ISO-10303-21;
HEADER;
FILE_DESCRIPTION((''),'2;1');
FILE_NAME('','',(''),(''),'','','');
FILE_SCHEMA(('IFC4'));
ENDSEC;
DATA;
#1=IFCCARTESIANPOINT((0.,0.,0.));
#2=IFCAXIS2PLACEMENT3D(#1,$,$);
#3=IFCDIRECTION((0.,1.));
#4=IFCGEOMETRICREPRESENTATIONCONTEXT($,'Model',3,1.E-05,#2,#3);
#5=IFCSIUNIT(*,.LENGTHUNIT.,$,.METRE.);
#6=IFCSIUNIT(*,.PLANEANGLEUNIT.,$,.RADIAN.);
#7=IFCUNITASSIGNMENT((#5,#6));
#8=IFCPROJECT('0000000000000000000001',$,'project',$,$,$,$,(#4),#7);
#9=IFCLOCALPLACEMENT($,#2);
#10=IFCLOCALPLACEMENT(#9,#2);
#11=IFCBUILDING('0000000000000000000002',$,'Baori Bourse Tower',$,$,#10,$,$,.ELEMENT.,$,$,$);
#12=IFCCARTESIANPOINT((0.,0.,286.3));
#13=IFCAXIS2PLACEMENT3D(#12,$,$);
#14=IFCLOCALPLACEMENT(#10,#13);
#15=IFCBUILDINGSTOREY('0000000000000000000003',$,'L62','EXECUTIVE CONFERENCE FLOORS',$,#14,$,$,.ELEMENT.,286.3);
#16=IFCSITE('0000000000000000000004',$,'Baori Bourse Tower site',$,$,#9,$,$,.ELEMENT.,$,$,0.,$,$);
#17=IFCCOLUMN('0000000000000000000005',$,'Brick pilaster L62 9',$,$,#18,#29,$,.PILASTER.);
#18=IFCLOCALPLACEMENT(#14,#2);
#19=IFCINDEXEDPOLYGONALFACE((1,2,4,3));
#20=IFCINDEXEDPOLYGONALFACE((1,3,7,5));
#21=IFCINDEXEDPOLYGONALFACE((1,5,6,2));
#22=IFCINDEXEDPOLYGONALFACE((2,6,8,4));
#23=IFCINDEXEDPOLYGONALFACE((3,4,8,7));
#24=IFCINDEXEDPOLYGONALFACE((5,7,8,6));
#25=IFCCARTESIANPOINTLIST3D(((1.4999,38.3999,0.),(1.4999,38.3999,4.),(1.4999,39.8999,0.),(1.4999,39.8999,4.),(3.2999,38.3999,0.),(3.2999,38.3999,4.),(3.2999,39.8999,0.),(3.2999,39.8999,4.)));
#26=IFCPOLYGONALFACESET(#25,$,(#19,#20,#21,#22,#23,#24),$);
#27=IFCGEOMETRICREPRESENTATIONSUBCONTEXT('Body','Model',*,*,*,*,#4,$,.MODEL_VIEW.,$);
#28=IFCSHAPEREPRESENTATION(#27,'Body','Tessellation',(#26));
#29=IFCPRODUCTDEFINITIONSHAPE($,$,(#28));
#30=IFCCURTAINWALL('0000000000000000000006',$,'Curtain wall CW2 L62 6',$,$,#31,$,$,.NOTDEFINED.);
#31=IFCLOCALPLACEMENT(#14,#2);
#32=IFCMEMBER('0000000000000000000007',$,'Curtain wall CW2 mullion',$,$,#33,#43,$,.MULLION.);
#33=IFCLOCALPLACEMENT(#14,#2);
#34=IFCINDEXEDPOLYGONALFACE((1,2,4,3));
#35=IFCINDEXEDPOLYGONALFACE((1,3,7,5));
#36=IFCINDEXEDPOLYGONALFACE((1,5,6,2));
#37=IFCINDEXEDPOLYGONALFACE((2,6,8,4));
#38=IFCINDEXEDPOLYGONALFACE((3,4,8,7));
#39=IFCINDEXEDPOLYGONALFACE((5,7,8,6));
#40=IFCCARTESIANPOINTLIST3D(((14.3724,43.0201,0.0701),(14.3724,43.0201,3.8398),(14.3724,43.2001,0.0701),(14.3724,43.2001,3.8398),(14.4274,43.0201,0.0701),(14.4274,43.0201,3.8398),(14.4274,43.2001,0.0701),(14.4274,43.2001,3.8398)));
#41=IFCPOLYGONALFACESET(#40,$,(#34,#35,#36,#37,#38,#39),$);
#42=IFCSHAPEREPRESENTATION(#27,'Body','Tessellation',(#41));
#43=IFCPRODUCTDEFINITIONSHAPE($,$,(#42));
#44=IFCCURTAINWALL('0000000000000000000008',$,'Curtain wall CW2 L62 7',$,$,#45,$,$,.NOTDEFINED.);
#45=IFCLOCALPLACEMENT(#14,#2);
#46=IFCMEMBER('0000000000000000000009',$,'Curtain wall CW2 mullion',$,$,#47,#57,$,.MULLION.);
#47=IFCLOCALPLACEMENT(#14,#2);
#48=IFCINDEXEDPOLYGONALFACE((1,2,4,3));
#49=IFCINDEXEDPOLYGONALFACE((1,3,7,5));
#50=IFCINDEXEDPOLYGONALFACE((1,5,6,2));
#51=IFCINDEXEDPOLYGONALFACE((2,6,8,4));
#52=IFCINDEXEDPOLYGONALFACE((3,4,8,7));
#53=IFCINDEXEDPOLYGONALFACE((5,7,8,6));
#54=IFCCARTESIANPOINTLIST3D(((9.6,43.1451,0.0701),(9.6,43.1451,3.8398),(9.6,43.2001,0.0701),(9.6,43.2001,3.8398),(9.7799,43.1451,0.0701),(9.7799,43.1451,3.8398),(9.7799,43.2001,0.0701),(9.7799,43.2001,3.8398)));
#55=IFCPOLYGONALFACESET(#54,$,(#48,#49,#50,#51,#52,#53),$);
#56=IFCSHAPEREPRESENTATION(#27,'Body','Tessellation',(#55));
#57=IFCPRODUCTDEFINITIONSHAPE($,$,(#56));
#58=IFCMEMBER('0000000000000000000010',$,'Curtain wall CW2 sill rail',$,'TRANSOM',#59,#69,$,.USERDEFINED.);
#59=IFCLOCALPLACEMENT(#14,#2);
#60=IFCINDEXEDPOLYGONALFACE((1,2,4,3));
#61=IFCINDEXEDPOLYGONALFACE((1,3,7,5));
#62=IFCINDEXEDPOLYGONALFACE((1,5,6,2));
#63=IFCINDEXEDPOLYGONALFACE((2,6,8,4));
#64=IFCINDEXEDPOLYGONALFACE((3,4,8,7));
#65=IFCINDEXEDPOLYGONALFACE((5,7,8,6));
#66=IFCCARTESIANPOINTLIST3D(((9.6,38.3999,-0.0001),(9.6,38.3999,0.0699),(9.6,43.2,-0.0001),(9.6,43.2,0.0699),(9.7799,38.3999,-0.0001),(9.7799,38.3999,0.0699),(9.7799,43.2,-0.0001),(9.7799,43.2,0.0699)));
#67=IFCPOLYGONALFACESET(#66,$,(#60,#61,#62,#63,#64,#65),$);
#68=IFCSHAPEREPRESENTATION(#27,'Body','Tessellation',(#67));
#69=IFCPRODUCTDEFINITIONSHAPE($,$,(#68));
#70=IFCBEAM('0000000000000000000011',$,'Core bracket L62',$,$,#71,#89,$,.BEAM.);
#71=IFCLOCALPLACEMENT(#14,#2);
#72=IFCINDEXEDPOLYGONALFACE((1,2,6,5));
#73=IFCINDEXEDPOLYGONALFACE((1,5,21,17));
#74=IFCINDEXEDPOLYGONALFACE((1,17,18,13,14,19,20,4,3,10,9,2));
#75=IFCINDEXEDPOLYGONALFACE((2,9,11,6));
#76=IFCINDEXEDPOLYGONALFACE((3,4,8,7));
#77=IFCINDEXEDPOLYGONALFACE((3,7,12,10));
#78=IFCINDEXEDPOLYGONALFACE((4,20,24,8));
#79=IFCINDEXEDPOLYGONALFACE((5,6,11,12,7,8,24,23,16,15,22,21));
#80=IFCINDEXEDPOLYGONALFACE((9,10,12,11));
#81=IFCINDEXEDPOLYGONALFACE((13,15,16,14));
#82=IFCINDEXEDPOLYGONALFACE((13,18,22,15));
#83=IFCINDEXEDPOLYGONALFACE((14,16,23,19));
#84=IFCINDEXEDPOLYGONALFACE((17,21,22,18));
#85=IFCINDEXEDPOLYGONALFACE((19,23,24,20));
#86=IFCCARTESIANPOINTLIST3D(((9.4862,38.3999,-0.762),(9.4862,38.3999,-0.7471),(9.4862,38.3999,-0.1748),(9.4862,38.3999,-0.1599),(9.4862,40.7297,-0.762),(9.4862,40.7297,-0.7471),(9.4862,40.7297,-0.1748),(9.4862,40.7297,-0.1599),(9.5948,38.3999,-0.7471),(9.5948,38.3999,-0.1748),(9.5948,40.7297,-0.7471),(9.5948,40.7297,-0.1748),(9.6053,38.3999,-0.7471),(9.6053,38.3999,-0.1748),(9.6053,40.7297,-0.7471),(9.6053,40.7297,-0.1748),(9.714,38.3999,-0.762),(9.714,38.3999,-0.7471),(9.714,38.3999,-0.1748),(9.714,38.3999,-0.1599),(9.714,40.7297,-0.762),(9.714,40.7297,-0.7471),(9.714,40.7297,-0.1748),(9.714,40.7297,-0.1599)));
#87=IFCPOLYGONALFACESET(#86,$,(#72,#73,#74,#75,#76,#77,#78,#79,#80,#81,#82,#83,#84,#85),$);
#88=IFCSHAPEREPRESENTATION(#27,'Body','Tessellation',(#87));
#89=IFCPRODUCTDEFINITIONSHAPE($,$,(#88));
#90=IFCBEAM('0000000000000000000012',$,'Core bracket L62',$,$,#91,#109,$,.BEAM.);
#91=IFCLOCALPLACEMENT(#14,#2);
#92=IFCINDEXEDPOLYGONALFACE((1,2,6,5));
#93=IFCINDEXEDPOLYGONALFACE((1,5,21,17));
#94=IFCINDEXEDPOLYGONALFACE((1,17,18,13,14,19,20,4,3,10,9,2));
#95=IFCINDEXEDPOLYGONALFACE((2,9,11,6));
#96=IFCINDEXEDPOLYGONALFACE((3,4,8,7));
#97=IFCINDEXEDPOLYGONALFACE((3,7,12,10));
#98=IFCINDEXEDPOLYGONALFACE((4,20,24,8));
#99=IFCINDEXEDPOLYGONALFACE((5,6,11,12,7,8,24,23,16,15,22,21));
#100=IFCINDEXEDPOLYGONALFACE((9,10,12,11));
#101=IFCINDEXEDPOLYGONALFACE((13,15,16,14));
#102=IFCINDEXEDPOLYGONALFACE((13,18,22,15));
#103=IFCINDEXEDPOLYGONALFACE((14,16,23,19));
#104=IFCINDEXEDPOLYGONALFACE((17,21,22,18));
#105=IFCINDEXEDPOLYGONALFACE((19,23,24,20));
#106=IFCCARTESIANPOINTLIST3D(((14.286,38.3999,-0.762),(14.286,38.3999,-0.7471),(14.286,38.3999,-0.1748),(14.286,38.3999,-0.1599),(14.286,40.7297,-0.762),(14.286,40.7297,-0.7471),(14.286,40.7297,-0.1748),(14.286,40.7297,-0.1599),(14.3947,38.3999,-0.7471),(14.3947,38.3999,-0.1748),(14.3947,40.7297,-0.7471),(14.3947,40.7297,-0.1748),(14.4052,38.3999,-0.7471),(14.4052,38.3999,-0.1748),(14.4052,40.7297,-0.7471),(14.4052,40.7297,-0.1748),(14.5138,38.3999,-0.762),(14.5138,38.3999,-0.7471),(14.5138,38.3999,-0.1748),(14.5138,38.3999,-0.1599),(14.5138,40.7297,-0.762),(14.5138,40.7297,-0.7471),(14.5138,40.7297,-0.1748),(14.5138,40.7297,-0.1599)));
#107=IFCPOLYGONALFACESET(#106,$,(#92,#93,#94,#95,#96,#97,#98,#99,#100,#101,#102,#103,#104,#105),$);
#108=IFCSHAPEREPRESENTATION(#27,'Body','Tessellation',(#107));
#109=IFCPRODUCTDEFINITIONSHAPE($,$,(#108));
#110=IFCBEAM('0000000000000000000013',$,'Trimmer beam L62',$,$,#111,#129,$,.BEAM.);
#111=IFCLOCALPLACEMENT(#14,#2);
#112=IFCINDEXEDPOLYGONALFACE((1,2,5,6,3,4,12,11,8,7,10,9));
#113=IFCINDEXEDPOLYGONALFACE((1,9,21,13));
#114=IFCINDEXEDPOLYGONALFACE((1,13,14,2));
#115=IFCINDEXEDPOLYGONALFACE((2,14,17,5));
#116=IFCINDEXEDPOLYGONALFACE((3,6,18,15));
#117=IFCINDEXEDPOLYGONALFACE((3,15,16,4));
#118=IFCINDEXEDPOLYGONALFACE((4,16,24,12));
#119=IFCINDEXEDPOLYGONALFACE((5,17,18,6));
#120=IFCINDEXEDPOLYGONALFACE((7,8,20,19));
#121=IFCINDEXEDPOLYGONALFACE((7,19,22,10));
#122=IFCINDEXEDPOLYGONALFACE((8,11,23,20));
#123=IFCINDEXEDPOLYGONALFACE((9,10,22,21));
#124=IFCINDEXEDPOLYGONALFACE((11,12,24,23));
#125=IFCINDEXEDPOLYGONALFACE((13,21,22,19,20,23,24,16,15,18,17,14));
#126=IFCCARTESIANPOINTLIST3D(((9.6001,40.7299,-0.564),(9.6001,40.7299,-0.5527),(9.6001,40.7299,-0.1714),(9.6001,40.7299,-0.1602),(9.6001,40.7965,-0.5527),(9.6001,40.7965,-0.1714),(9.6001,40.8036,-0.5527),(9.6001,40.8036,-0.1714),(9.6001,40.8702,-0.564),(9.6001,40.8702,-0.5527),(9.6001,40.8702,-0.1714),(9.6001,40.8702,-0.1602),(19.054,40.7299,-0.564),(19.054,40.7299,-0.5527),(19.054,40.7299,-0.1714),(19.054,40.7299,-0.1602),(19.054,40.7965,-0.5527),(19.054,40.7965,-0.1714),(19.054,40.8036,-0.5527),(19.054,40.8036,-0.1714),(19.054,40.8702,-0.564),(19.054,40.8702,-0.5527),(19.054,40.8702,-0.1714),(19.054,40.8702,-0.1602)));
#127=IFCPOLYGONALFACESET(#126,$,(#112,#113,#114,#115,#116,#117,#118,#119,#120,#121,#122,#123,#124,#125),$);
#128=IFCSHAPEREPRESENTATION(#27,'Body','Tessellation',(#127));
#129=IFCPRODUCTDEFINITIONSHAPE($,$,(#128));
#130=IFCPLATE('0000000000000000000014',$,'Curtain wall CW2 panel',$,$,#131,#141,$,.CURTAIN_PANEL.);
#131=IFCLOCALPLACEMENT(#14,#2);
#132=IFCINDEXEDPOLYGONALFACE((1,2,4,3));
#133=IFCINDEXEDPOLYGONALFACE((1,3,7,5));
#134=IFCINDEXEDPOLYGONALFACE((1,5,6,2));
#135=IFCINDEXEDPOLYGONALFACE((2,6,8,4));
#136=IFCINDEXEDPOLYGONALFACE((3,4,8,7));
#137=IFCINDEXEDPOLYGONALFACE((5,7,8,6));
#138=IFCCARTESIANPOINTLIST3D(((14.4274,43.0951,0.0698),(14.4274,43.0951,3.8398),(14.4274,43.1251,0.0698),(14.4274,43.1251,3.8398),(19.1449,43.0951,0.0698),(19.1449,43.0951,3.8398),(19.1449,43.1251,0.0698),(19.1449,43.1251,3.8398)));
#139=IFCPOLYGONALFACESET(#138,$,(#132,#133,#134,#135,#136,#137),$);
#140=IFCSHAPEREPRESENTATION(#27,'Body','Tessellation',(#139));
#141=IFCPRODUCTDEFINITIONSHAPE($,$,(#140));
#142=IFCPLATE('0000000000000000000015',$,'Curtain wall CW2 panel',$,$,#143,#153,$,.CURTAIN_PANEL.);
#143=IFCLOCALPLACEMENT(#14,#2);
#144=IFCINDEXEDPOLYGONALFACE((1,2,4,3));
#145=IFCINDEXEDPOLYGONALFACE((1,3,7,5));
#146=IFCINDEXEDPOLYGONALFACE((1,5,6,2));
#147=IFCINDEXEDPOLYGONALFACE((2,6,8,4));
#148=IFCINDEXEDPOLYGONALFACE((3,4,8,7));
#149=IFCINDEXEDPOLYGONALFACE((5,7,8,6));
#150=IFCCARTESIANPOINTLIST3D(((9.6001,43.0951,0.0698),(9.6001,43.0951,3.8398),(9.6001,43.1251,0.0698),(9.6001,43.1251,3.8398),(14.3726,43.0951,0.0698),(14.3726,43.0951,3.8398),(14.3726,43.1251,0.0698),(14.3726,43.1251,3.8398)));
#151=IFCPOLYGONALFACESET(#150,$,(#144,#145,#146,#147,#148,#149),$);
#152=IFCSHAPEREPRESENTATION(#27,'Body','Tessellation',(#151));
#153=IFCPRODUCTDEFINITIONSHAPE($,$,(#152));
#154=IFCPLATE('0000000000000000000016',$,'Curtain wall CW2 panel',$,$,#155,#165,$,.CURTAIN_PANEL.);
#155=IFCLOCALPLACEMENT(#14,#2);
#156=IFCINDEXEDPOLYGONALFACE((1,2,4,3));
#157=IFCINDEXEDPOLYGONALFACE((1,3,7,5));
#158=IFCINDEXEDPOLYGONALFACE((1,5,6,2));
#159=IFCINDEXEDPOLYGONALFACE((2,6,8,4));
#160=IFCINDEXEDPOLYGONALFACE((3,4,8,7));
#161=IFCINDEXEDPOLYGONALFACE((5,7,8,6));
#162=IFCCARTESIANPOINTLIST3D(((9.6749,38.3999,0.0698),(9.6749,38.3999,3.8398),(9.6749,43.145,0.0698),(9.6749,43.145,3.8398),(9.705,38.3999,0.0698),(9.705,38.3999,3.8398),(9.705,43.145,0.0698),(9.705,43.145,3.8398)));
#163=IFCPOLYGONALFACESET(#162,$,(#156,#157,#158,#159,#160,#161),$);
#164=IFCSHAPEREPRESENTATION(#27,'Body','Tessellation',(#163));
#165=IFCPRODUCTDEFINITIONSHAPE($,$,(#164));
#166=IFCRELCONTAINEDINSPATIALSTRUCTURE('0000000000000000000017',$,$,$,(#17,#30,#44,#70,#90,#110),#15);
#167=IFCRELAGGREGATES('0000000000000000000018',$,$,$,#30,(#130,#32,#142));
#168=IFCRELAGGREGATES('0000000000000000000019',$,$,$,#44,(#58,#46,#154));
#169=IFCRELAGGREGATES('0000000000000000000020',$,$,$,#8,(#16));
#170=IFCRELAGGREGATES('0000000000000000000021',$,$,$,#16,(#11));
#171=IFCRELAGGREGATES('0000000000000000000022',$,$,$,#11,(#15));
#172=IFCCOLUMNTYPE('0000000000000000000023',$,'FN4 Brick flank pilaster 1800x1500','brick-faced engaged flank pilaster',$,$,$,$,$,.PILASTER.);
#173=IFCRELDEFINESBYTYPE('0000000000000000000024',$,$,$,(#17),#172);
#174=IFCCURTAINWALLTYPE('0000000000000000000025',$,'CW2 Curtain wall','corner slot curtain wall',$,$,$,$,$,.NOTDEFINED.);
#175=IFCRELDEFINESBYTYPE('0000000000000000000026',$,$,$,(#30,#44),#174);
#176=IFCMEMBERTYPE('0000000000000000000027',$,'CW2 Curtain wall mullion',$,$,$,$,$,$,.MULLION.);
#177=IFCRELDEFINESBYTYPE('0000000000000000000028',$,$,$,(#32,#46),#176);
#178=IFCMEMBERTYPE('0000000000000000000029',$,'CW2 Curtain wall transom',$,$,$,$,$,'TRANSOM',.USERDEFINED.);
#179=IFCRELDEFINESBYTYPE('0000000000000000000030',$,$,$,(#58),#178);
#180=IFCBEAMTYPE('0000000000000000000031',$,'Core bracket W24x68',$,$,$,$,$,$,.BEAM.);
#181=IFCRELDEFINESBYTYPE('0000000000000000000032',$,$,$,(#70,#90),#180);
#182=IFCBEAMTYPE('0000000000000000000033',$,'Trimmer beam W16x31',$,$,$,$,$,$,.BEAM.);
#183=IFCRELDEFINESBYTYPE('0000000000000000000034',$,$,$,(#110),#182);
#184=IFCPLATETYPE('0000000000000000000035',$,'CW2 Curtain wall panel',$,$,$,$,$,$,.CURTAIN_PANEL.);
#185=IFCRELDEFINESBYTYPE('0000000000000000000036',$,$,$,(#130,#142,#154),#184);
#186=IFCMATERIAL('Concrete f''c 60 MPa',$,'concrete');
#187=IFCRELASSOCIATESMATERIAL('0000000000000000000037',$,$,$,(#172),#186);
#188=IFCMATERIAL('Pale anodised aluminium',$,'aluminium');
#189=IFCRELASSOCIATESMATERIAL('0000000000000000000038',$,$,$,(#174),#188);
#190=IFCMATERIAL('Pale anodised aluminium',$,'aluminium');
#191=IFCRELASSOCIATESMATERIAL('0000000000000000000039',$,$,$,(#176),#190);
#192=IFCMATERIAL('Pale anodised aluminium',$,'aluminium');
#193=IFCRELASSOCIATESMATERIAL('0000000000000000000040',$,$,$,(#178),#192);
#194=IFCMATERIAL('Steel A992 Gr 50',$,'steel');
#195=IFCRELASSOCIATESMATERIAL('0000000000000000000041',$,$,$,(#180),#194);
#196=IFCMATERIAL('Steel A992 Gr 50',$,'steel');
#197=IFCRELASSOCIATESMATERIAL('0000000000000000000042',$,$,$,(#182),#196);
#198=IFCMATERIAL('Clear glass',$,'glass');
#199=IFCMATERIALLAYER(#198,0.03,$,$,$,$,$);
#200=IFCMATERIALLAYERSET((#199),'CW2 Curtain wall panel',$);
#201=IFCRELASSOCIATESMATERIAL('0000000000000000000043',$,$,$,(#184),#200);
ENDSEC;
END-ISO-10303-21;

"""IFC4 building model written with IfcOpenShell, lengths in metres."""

from ifc_helpers import new_model, si_unit, direction, frame, origin, origin_2d, place, context, subcontext, project, spatial, rectangle, i_section, extrude, material, layer, layer_set, material_profile, profile_set, type_object, element, aggregate, save


model = new_model("IFC4")

# Units and contexts
model_context = context("Model", 3, precision=1e-05, world=origin(), true_north=direction((0.0, 1.0)))
body_context = subcontext(model_context, "Body", "Model", "MODEL_VIEW")
ifc_project = project(units=[si_unit("LENGTHUNIT", "METRE"), si_unit("PLANEANGLEUNIT", "RADIAN")], contexts=[model_context])

# Site, building, storey
site_placement = place(None, origin())
site = spatial("IfcSite", under=ifc_project, at=site_placement, Name="Baori Bourse Tower site", CompositionType="ELEMENT", RefElevation=0.0)
building_placement = place(site_placement, origin())
building = spatial("IfcBuilding", under=site, at=building_placement, Name="Baori Bourse Tower", CompositionType="ELEMENT")
storey_placement = place(building_placement, frame((0.0, 0.0, 286.3)))
storey = spatial("IfcBuildingStorey", under=building, at=storey_placement, Name="L62", Description="EXECUTIVE CONFERENCE FLOORS", CompositionType="ELEMENT", Elevation=286.3)

# Column
ifc_material_1 = material(Name="Concrete f'c 60 MPa", Category="concrete")
ifc_material_profile_1 = material_profile(ifc_material_1, rectangle(XDim=1.8, YDim=1.5, at=origin_2d()), Name="RC 1800x1500")
ifc_profile_set_1 = profile_set([ifc_material_profile_1], Name="Concrete f'c 60 MPa")
column_type = type_object("IfcColumnType", Name="FN4 Brick flank pilaster 1800x1500", Description="brick-faced engaged flank pilaster", PredefinedType="PILASTER", material=ifc_profile_set_1)
column_placement = place(storey_placement, frame((2.3999, 39.1499, 0.0), z_axis=(0.0, 0.0, 1.0), x_axis=(1.0, 0.0, 0.0)))
element("IfcColumn", 1, at=column_placement, inside=storey, type_object=column_type, Name="Brick pilaster L62 9", PredefinedType="PILASTER", context=body_context, shape_type="SweptSolid", body=[
    extrude(rectangle(XDim=1.8, YDim=1.5, at=origin_2d()), origin(), (0.0, 0.0, 1.0), 4.0),
])

# Curtain wall, member
ifc_material_2 = material(Name="Pale anodised aluminium", Category="aluminium")
curtain_wall_type = type_object("IfcCurtainWallType", Name="CW2 Curtain wall", Description="corner slot curtain wall", PredefinedType="NOTDEFINED", material=ifc_material_2)
curtain_wall_1_placement = place(storey_placement, origin())
curtain_wall_1 = element("IfcCurtainWall", 2, at=curtain_wall_1_placement, inside=storey, type_object=curtain_wall_type, Name="Curtain wall CW2 L62 6", PredefinedType="NOTDEFINED")
ifc_material_3 = material(Name="Pale anodised aluminium", Category="aluminium")
ifc_material_profile_2 = material_profile(ifc_material_3, rectangle(XDim=0.1799, YDim=0.0549, at=origin_2d()), Name="Mullion 55x180")
ifc_profile_set_2 = profile_set([ifc_material_profile_2], Name="Pale anodised aluminium")
member_type_1 = type_object("IfcMemberType", Name="CW2 Curtain wall mullion", PredefinedType="MULLION", material=ifc_profile_set_2)
member_1_placement = place(storey_placement, frame((14.3999, 43.1101, 0.0701), z_axis=(0.0, 0.0, 1.0), x_axis=(0.0, -1.0, 0.0)))
member_1 = element("IfcMember", 3, at=member_1_placement, type_object=member_type_1, Name="Curtain wall CW2 mullion", PredefinedType="MULLION", context=body_context, shape_type="SweptSolid", body=[
    extrude(rectangle(XDim=0.1799, YDim=0.0549, at=origin_2d()), origin(), (0.0, 0.0, 1.0), 3.7698),
])

# Curtain wall, members
curtain_wall_2_placement = place(storey_placement, origin())
curtain_wall_2 = element("IfcCurtainWall", 4, at=curtain_wall_2_placement, inside=storey, type_object=curtain_wall_type, Name="Curtain wall CW2 L62 7", PredefinedType="NOTDEFINED")
member_2_placement = place(storey_placement, frame((9.6899, 43.1726, 0.0701), z_axis=(0.0, 0.0, 1.0), x_axis=(1.0, 0.0, 0.0)))
member_2 = element("IfcMember", 5, at=member_2_placement, type_object=member_type_1, Name="Curtain wall CW2 mullion", PredefinedType="MULLION", context=body_context, shape_type="SweptSolid", body=[
    extrude(rectangle(XDim=0.1799, YDim=0.0549, at=origin_2d()), origin(), (0.0, 0.0, 1.0), 3.7698),
])
ifc_material_4 = material(Name="Pale anodised aluminium", Category="aluminium")
ifc_material_profile_3 = material_profile(ifc_material_4, rectangle(XDim=0.1799, YDim=0.0701, at=origin_2d()), Name="Transom 70x180")
ifc_profile_set_3 = profile_set([ifc_material_profile_3], Name="Pale anodised aluminium")
member_type_2 = type_object("IfcMemberType", Name="CW2 Curtain wall transom", ElementType="TRANSOM", PredefinedType="USERDEFINED", material=ifc_profile_set_3)
member_3_placement = place(storey_placement, frame((9.6899, 43.2, 0.0349), z_axis=(0.0, -1.0, 0.0), x_axis=(1.0, 0.0, 0.0)))
member_3 = element("IfcMember", 6, at=member_3_placement, type_object=member_type_2, Name="Curtain wall CW2 sill rail", ObjectType="TRANSOM", PredefinedType="USERDEFINED", context=body_context, shape_type="SweptSolid", body=[
    extrude(rectangle(XDim=0.1799, YDim=0.0701, at=origin_2d()), origin(), (0.0, 0.0, 1.0), 4.8),
])

# Beams
ifc_material_5 = material(Name="Steel A992 Gr 50", Category="steel")
ifc_material_profile_4 = material_profile(ifc_material_5, i_section(OverallWidth=0.2278, OverallDepth=0.6021, WebThickness=0.0105, FlangeThickness=0.0149, at=origin_2d()), Name="W24x68")
ifc_profile_set_4 = profile_set([ifc_material_profile_4], Name="Steel A992 Gr 50")
beam_type_1 = type_object("IfcBeamType", Name="Core bracket W24x68", PredefinedType="BEAM", material=ifc_profile_set_4)
for number, where, z_axis, x_axis, name in (
    (7, (9.6001, 38.3999, -0.4609), (0.0, 1.0, 0.0), (-1.0, 0.0, 0.0), "Core bracket L62"),
    (8, (14.3999, 38.3999, -0.4609), (0.0, 1.0, 0.0), (-1.0, 0.0, 0.0), "Core bracket L62"),
):
    element("IfcBeam", number, at=place(storey_placement, frame(where, z_axis=z_axis, x_axis=x_axis)), inside=storey, type_object=beam_type_1, Name=name, PredefinedType="BEAM", context=body_context, shape_type="SweptSolid", body=[
        extrude(i_section(OverallWidth=0.2278, OverallDepth=0.6021, WebThickness=0.0105, FlangeThickness=0.0149, at=origin_2d()), origin(), (0.0, 0.0, 1.0), 2.3298),
    ])
ifc_material_6 = material(Name="Steel A992 Gr 50", Category="steel")
ifc_material_profile_5 = material_profile(ifc_material_6, i_section(OverallWidth=0.1404, OverallDepth=0.4038, WebThickness=0.0071, FlangeThickness=0.0112, at=origin_2d()), Name="W16x31")
ifc_profile_set_5 = profile_set([ifc_material_profile_5], Name="Steel A992 Gr 50")
beam_type_2 = type_object("IfcBeamType", Name="Trimmer beam W16x31", PredefinedType="BEAM", material=ifc_profile_set_5)
beam_placement = place(storey_placement, frame((9.6001, 40.8, -0.3621), z_axis=(1.0, 0.0, 0.0), x_axis=(0.0, 1.0, 0.0)))
element("IfcBeam", 9, at=beam_placement, inside=storey, type_object=beam_type_2, Name="Trimmer beam L62", PredefinedType="BEAM", context=body_context, shape_type="SweptSolid", body=[
    extrude(i_section(OverallWidth=0.1404, OverallDepth=0.4038, WebThickness=0.0071, FlangeThickness=0.0112, at=origin_2d()), origin(), (0.0, 0.0, 1.0), 9.4539),
])

# Plates
ifc_material_7 = material(Name="Clear glass", Category="glass")
ifc_layer_1 = layer(ifc_material_7, 0.03)
ifc_layer_set_1 = layer_set([ifc_layer_1], Name="CW2 Curtain wall panel")
plate_type = type_object("IfcPlateType", Name="CW2 Curtain wall panel", PredefinedType="CURTAIN_PANEL", material=ifc_layer_set_1)
plate_1_placement = place(storey_placement, frame((16.7861, 43.1101, 0.0698), z_axis=(0.0, 0.0, 1.0), x_axis=(-1.0, 0.0, 0.0)))
plate_1 = element("IfcPlate", 10, at=plate_1_placement, type_object=plate_type, Name="Curtain wall CW2 panel", PredefinedType="CURTAIN_PANEL", context=body_context, shape_type="SweptSolid", body=[
    extrude(rectangle(XDim=4.7175, YDim=0.03, at=origin_2d()), origin(), (0.0, 0.0, 1.0), 3.77),
])
plate_2_placement = place(storey_placement, frame((11.9863, 43.1101, 0.0698), z_axis=(0.0, 0.0, 1.0), x_axis=(-1.0, 0.0, 0.0)))
plate_2 = element("IfcPlate", 11, at=plate_2_placement, type_object=plate_type, Name="Curtain wall CW2 panel", PredefinedType="CURTAIN_PANEL", context=body_context, shape_type="SweptSolid", body=[
    extrude(rectangle(XDim=4.7725, YDim=0.03, at=origin_2d()), origin(), (0.0, 0.0, 1.0), 3.77),
])
aggregate(curtain_wall_1, [plate_1, member_1, plate_2])
plate_3_placement = place(storey_placement, frame((9.6899, 40.7725, 0.0698), z_axis=(0.0, 0.0, 1.0), x_axis=(0.0, -1.0, 0.0)))
plate_3 = element("IfcPlate", 12, at=plate_3_placement, type_object=plate_type, Name="Curtain wall CW2 panel", PredefinedType="CURTAIN_PANEL", context=body_context, shape_type="SweptSolid", body=[
    extrude(rectangle(XDim=4.7451, YDim=0.03, at=origin_2d()), origin(), (0.0, 0.0, 1.0), 3.77),
])
aggregate(curtain_wall_2, [member_3, member_2, plate_3])

save(model, "model.ifc")
